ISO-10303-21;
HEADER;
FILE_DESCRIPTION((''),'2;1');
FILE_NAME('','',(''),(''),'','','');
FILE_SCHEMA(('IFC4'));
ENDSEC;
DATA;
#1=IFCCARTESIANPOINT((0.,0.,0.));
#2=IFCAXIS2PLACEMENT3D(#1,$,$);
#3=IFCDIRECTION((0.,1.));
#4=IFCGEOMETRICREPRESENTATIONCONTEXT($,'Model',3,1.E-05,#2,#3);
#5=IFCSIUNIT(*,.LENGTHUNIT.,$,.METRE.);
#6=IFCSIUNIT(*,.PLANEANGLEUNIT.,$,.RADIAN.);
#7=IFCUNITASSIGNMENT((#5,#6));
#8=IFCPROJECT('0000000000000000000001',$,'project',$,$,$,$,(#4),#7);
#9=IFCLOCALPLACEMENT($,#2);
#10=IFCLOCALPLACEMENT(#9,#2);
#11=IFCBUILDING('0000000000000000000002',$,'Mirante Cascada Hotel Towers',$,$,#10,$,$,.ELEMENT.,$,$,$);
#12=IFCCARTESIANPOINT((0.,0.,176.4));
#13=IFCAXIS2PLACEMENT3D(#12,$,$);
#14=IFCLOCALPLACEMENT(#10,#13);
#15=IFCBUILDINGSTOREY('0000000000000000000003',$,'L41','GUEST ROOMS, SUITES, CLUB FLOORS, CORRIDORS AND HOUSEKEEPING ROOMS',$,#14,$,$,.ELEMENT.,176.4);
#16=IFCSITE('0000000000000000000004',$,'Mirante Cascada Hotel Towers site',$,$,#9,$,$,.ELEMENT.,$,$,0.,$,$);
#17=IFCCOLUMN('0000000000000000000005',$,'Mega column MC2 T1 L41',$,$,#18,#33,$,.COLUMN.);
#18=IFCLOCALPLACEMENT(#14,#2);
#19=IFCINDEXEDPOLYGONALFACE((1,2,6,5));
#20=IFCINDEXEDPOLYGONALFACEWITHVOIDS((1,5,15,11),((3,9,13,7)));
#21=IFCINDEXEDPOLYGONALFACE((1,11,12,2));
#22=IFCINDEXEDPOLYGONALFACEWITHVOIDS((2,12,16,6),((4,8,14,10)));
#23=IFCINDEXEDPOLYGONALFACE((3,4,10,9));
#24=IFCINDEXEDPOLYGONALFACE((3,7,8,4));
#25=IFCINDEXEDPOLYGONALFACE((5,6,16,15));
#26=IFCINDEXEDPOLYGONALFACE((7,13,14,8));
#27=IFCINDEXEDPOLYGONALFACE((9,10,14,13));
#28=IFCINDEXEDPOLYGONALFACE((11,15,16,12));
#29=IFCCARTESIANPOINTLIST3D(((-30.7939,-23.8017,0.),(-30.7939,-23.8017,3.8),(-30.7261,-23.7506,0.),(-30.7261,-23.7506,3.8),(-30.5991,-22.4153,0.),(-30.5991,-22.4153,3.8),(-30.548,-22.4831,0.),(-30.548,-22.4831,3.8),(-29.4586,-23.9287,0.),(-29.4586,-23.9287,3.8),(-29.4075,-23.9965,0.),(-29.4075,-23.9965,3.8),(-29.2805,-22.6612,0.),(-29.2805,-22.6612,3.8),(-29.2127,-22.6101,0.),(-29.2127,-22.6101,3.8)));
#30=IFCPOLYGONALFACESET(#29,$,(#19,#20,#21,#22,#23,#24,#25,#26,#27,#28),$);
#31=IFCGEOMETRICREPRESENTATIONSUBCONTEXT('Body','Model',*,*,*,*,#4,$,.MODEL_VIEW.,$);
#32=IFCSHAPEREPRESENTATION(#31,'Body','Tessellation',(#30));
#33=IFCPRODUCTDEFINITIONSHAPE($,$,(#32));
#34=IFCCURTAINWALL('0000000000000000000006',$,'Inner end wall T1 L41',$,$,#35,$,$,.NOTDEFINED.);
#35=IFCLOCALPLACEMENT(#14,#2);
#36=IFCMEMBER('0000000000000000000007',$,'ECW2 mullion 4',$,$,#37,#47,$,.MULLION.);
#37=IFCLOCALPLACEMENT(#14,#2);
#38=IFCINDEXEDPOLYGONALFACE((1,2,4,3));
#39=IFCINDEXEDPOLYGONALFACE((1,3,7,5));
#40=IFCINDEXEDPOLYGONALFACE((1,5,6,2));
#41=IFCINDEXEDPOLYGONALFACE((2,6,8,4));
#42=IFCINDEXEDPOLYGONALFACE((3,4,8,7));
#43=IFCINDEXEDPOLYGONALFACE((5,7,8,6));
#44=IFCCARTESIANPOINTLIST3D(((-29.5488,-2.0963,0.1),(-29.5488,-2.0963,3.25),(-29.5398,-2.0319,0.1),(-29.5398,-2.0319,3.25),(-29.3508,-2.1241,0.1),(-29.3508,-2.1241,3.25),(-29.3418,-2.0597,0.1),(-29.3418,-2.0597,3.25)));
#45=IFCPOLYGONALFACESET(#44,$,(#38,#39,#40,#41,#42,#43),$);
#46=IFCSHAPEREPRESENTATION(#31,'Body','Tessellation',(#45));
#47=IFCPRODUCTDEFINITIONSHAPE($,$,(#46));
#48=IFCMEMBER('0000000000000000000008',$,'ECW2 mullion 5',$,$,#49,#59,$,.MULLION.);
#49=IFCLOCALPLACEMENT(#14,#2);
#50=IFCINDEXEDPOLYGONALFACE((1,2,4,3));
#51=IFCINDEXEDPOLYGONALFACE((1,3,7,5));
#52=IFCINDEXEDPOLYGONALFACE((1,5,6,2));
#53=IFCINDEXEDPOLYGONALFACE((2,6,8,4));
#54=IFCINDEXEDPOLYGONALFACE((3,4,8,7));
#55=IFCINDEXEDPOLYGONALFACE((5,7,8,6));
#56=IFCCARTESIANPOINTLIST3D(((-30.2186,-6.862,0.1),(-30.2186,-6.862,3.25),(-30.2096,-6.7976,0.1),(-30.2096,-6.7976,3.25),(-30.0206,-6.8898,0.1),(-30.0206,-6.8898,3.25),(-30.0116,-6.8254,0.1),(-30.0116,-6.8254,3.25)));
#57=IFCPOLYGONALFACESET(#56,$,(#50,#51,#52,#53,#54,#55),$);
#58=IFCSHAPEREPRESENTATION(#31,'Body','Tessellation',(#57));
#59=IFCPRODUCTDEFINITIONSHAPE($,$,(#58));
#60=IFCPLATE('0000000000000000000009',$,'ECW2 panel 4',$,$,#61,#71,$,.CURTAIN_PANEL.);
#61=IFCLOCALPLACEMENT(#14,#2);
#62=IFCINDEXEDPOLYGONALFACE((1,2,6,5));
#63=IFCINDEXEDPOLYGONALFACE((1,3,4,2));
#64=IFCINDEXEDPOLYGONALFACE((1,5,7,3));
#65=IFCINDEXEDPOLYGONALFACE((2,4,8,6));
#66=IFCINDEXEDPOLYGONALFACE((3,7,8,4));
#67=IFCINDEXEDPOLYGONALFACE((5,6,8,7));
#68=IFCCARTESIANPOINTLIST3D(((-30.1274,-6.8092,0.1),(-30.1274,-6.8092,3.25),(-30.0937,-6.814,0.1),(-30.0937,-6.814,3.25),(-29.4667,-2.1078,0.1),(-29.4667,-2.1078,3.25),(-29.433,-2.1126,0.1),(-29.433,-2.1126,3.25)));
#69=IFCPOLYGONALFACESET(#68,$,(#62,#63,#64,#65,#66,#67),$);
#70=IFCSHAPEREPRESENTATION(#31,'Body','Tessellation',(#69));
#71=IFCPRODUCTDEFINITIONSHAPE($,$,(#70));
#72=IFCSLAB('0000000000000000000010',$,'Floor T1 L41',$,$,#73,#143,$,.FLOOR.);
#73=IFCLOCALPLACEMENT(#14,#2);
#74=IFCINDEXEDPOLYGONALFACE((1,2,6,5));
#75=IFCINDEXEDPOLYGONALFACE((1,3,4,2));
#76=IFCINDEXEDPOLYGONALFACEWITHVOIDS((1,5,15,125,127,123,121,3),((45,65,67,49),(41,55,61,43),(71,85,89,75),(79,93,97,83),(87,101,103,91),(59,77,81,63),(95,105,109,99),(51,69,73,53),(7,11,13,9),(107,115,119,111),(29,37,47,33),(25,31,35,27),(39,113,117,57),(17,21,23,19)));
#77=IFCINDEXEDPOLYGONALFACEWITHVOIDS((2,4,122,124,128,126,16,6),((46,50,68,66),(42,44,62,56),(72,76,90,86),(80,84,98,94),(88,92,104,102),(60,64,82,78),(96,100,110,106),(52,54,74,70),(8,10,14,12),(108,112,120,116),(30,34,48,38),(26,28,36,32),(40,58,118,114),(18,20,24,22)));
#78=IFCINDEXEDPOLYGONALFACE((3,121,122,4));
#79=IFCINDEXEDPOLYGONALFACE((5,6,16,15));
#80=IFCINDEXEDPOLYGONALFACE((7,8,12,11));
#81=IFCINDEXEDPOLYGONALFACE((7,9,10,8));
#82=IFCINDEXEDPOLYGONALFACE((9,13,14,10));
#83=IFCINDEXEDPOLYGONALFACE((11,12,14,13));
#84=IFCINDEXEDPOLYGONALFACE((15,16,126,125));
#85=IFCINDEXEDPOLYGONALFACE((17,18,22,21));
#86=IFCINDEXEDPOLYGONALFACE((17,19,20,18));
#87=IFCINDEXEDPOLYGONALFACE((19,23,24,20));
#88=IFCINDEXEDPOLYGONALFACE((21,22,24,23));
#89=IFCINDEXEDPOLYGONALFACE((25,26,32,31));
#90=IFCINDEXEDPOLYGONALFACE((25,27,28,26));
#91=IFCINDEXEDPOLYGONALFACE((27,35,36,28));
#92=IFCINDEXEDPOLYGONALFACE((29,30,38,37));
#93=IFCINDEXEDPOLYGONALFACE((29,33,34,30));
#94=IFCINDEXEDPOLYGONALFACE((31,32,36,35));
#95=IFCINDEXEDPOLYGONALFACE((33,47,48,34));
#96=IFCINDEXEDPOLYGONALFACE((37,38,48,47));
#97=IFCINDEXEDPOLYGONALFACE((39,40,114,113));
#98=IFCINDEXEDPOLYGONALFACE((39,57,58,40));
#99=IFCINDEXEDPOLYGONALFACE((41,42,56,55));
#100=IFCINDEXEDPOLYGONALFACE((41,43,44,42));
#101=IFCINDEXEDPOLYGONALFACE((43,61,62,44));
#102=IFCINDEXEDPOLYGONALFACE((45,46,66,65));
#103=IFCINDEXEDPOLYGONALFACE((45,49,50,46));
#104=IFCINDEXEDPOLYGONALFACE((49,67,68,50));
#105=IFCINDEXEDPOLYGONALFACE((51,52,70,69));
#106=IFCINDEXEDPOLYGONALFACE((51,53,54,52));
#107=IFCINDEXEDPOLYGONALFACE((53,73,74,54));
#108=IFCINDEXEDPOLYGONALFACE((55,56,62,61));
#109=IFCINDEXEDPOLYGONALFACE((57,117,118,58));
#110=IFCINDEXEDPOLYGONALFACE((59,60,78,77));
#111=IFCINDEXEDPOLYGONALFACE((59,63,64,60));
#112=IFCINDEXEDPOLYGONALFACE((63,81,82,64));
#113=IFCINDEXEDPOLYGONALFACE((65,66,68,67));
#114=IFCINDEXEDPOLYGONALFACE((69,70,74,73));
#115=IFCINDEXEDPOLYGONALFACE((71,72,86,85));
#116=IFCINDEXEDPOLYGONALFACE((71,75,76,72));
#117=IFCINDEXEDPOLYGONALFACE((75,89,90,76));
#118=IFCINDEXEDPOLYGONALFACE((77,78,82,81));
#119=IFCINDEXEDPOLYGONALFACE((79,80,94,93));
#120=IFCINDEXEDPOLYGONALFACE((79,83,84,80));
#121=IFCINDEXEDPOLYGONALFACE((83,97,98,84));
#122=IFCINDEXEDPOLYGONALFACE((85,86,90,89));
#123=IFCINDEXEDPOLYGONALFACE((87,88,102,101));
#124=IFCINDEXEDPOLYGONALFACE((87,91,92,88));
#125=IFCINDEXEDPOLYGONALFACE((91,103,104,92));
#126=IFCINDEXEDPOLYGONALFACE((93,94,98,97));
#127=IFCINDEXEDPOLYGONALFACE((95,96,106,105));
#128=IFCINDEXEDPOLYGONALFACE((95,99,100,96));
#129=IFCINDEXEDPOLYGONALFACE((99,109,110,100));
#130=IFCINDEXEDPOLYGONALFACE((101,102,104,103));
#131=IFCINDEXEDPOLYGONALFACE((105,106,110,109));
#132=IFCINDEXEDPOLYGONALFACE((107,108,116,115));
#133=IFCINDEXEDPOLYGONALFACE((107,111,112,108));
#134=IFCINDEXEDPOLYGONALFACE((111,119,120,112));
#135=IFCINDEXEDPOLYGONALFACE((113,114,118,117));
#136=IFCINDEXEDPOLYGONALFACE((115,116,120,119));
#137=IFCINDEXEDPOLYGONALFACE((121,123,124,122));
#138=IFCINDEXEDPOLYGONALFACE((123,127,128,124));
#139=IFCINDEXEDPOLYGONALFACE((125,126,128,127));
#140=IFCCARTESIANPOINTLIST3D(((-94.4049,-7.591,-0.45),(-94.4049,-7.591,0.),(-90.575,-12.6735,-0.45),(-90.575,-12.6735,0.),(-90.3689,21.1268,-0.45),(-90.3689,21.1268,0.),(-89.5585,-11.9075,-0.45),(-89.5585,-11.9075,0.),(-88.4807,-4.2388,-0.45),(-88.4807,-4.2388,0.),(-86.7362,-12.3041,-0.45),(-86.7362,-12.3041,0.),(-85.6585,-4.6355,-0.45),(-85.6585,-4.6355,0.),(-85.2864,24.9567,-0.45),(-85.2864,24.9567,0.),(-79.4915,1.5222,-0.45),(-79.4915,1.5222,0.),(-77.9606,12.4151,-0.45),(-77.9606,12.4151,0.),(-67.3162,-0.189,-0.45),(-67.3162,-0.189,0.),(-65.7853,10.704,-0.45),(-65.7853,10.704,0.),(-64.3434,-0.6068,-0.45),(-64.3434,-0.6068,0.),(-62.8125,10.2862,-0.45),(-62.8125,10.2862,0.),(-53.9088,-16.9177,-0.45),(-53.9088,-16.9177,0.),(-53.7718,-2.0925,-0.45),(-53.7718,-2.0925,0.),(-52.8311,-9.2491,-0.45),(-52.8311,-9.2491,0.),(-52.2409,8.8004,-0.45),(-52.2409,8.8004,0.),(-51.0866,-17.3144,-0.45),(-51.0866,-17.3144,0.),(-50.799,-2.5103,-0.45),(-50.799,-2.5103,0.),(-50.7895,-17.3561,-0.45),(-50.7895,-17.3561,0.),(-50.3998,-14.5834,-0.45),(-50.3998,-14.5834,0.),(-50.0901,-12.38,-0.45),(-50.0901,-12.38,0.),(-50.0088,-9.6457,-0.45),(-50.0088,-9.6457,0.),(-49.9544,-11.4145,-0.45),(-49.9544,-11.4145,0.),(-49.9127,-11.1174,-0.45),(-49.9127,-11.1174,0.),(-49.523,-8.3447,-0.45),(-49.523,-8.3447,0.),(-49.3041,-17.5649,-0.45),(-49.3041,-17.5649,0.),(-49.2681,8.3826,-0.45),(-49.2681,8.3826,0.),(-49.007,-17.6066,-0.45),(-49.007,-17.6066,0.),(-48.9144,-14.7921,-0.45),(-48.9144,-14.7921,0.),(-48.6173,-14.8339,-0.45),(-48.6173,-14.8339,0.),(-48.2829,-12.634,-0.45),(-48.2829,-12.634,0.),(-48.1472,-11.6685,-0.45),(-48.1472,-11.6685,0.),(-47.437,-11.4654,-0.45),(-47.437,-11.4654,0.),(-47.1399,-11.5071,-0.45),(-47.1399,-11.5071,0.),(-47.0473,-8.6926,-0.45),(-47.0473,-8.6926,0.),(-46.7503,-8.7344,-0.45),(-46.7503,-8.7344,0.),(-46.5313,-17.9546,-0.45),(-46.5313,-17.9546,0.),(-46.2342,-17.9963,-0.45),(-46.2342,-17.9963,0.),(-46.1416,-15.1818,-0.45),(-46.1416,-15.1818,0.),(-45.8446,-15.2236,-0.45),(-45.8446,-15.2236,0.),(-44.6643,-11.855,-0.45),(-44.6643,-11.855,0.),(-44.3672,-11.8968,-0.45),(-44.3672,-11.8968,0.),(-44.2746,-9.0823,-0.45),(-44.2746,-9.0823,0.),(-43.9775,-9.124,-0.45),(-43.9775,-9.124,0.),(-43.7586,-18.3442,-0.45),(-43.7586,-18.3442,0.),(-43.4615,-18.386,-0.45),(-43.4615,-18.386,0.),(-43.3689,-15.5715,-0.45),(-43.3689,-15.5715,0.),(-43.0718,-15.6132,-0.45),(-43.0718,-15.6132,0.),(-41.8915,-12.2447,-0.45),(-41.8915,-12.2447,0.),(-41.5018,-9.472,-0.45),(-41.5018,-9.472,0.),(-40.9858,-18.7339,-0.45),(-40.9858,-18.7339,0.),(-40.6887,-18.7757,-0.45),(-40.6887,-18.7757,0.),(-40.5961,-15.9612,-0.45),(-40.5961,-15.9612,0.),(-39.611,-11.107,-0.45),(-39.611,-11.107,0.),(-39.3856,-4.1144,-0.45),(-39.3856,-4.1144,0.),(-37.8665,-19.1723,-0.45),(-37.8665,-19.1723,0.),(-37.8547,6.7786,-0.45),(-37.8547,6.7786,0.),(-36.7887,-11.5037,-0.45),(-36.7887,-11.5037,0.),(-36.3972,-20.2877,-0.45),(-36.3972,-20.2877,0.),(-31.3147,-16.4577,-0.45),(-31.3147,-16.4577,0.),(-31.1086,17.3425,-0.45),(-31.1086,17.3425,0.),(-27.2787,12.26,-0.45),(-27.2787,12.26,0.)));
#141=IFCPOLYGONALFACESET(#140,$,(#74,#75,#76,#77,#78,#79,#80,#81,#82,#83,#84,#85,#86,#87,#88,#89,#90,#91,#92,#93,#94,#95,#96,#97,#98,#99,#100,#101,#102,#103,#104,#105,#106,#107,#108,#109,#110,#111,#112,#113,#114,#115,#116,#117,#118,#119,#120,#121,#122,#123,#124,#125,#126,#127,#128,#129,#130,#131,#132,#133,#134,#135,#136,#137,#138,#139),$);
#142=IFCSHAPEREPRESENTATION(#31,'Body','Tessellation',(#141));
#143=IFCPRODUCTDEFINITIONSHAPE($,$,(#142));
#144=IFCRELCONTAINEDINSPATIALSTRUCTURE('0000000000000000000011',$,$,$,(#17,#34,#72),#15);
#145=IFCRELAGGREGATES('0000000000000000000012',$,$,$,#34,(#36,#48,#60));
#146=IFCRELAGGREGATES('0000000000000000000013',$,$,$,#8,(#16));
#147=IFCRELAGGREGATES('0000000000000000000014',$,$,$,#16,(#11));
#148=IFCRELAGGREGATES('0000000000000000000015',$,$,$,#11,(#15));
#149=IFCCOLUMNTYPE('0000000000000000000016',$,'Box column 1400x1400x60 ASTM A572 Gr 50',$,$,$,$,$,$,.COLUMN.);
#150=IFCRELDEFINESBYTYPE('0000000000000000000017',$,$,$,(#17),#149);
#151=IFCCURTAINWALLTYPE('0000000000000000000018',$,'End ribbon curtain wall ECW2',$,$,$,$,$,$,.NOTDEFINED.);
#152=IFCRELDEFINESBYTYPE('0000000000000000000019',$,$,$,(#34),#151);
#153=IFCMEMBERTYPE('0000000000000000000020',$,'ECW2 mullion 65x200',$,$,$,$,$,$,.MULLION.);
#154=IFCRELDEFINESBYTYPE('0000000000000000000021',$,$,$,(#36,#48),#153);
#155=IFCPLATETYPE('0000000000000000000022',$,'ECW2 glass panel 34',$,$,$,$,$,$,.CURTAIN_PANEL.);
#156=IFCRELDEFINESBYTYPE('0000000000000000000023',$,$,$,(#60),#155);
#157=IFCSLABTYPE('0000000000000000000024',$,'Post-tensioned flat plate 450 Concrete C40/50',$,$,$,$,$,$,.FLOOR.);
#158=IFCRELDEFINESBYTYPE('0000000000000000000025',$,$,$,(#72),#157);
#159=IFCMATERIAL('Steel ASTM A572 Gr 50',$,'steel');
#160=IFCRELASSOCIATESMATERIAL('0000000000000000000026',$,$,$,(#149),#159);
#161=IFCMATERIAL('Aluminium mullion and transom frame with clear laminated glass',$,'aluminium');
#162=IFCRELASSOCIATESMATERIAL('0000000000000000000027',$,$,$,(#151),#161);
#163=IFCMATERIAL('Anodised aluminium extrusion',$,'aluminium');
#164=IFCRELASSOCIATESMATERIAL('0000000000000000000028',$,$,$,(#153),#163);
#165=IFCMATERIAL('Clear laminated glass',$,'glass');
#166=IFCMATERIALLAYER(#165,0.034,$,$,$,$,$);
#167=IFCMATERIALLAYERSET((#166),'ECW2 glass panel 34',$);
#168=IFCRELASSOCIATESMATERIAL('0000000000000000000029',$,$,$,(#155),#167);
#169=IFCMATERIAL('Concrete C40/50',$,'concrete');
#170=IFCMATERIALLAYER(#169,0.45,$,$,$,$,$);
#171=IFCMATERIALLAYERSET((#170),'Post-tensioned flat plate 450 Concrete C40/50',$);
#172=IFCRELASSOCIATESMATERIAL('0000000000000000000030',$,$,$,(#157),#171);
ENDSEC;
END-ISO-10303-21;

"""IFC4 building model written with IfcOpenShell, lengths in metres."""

from ifc_helpers import new_model, si_unit, direction, frame, origin, origin_2d, place, context, subcontext, project, spatial, polyline, rectangle, hollow_rectangle, outline, extrude, material, layer, layer_set, material_profile, profile_set, type_object, element, aggregate, save


model = new_model("IFC4")

# Units and contexts
model_context = context("Model", 3, precision=1e-05, world=origin(), true_north=direction((0.0, 1.0)))
body_context = subcontext(model_context, "Body", "Model", "MODEL_VIEW")
ifc_project = project(units=[si_unit("LENGTHUNIT", "METRE"), si_unit("PLANEANGLEUNIT", "RADIAN")], contexts=[model_context])

# Site, building, storey
site_placement = place(None, origin())
site = spatial("IfcSite", under=ifc_project, at=site_placement, Name="Mirante Cascada Hotel Towers site", CompositionType="ELEMENT", RefElevation=0.0)
building_placement = place(site_placement, origin())
building = spatial("IfcBuilding", under=site, at=building_placement, Name="Mirante Cascada Hotel Towers", CompositionType="ELEMENT")
storey_placement = place(building_placement, frame((0.0, 0.0, 176.4)))
storey = spatial("IfcBuildingStorey", under=building, at=storey_placement, Name="L41", Description="GUEST ROOMS, SUITES, CLUB FLOORS, CORRIDORS AND HOUSEKEEPING ROOMS", CompositionType="ELEMENT", Elevation=176.4)

# Column
ifc_material_1 = material(Name="Steel ASTM A572 Gr 50", Category="steel")
ifc_material_profile_1 = material_profile(ifc_material_1, hollow_rectangle(XDim=1.4, YDim=1.4, WallThickness=0.06, at=origin_2d()), Name="Box column 1400x1400x60 ASTM A572 Gr 50")
ifc_profile_set_1 = profile_set([ifc_material_profile_1], Name="Steel ASTM A572 Gr 50")
column_type = type_object("IfcColumnType", Name="Box column 1400x1400x60 ASTM A572 Gr 50", PredefinedType="COLUMN", material=ifc_profile_set_1)
column_placement = place(storey_placement, frame((-30.0033, -23.2059, 0.0), z_axis=(0.0, 0.0, 1.0), x_axis=(-0.990268, 0.139173, 0.0)))
element("IfcColumn", 1, at=column_placement, inside=storey, type_object=column_type, Name="Mega column MC2 T1 L41", PredefinedType="COLUMN", context=body_context, shape_type="SweptSolid", body=[
    extrude(hollow_rectangle(XDim=1.4, YDim=1.4, WallThickness=0.06, at=origin_2d()), origin(), (0.0, 0.0, 1.0), 3.8),
])

# Curtain wall, members, plate
ifc_material_2 = material(Name="Aluminium mullion and transom frame with clear laminated glass", Category="aluminium")
curtain_wall_type = type_object("IfcCurtainWallType", Name="End ribbon curtain wall ECW2", PredefinedType="NOTDEFINED", material=ifc_material_2)
curtain_wall_placement = place(storey_placement, origin())
curtain_wall = element("IfcCurtainWall", 2, at=curtain_wall_placement, inside=storey, type_object=curtain_wall_type, Name="Inner end wall T1 L41", PredefinedType="NOTDEFINED")
ifc_material_3 = material(Name="Anodised aluminium extrusion", Category="aluminium")
ifc_material_profile_2 = material_profile(ifc_material_3, rectangle(XDim=0.2, YDim=0.065, at=origin_2d()), Name="ECW2 MULLION 65x200")
ifc_profile_set_2 = profile_set([ifc_material_profile_2], Name="Anodised aluminium extrusion")
member_type = type_object("IfcMemberType", Name="ECW2 mullion 65x200", PredefinedType="MULLION", material=ifc_profile_set_2)
member_1_placement = place(storey_placement, frame((-29.4453, -2.078, 0.1), z_axis=(0.0, 0.0, 1.0), x_axis=(0.990268, -0.139173, 0.0)))
member_1 = element("IfcMember", 3, at=member_1_placement, type_object=member_type, Name="ECW2 mullion 4", PredefinedType="MULLION", context=body_context, shape_type="SweptSolid", body=[
    extrude(rectangle(XDim=0.2, YDim=0.065, at=origin_2d()), origin(), (0.0, 0.0, 1.0), 3.15),
])
member_2_placement = place(storey_placement, frame((-30.1151, -6.8437, 0.1), z_axis=(0.0, 0.0, 1.0), x_axis=(0.990268, -0.139173, 0.0)))
member_2 = element("IfcMember", 4, at=member_2_placement, type_object=member_type, Name="ECW2 mullion 5", PredefinedType="MULLION", context=body_context, shape_type="SweptSolid", body=[
    extrude(rectangle(XDim=0.2, YDim=0.065, at=origin_2d()), origin(), (0.0, 0.0, 1.0), 3.15),
])
ifc_material_4 = material(Name="Clear laminated glass", Category="glass")
ifc_layer_1 = layer(ifc_material_4, 0.034)
ifc_layer_set_1 = layer_set([ifc_layer_1], Name="ECW2 glass panel 34")
plate_type = type_object("IfcPlateType", Name="ECW2 glass panel 34", PredefinedType="CURTAIN_PANEL", material=ifc_layer_set_1)
plate_placement = place(storey_placement, frame((-29.7802, -4.4609, 0.1), z_axis=(0.0, 0.0, 1.0), x_axis=(-0.139173, -0.990268, 0.0)))
plate = element("IfcPlate", 5, at=plate_placement, type_object=plate_type, Name="ECW2 panel 4", PredefinedType="CURTAIN_PANEL", context=body_context, shape_type="SweptSolid", body=[
    extrude(rectangle(XDim=4.7476, YDim=0.034, at=origin_2d()), origin(), (0.0, 0.0, 1.0), 3.15),
])
aggregate(curtain_wall, [member_1, member_2, plate])

# Slab
ifc_material_5 = material(Name="Concrete C40/50", Category="concrete")
ifc_layer_2 = layer(ifc_material_5, 0.45)
ifc_layer_set_2 = layer_set([ifc_layer_2], Name="Post-tensioned flat plate 450 Concrete C40/50")
slab_type = type_object("IfcSlabType", Name="Post-tensioned flat plate 450 Concrete C40/50", PredefinedType="FLOOR", material=ifc_layer_set_2)
slab_1_placement = place(storey_placement, frame((0.0, 0.0, -0.45)))
element("IfcSlab", 6, at=slab_1_placement, inside=storey, type_object=slab_type, Name="Floor T1 L41", PredefinedType="FLOOR", context=body_context, shape_type="SweptSolid", body=[
    extrude(outline(polyline([(-31.3147, -16.4577), (-27.2787, 12.26), (-31.1086, 17.3425), (-85.2864, 24.9567), (-90.3689, 21.1268), (-94.4049, -7.591), (-90.575, -12.6735), (-36.3972, -20.2877), (-31.3147, -16.4577)]), holes=[polyline([(-40.5961, -15.9612), (-40.9858, -18.7339), (-43.4615, -18.386), (-43.0718, -15.6132), (-40.5961, -15.9612)]), polyline([(-45.8446, -15.2236), (-43.3689, -15.5715), (-43.7586, -18.3442), (-46.2342, -17.9963), (-45.8446, -15.2236)]), polyline([(-48.6173, -14.8339), (-46.1416, -15.1818), (-46.5313, -17.9546), (-49.007, -17.6066), (-48.6173, -14.8339)]), polyline([(-37.8665, -19.1723), (-40.6887, -18.7757), (-39.611, -11.107), (-36.7887, -11.5037), (-37.8665, -19.1723)]), polyline([(-43.9775, -9.124), (-41.5018, -9.472), (-41.8915, -12.2447), (-44.3672, -11.8968), (-43.9775, -9.124)]), polyline([(-46.7503, -8.7344), (-44.2746, -9.0823), (-44.6643, -11.855), (-47.1399, -11.5071), (-46.7503, -8.7344)]), polyline([(-48.9144, -14.7921), (-49.3041, -17.5649), (-50.7895, -17.3561), (-50.3998, -14.5834), (-48.9144, -14.7921)]), polyline([(-50.0088, -9.6457), (-51.0866, -17.3144), (-53.9088, -16.9177), (-52.8311, -9.2491), (-50.0088, -9.6457)]), polyline([(-85.6585, -4.6355), (-86.7362, -12.3041), (-89.5585, -11.9075), (-88.4807, -4.2388), (-85.6585, -4.6355)]), polyline([(-48.1472, -11.6685), (-48.2829, -12.634), (-50.0901, -12.38), (-49.9544, -11.4145), (-48.1472, -11.6685)]), polyline([(-49.523, -8.3447), (-47.0473, -8.6926), (-47.437, -11.4654), (-49.9127, -11.1174), (-49.523, -8.3447)]), polyline([(-65.7853, 10.704), (-65.7853, 10.704), (-67.3162, -0.189), (-67.3162, -0.189), (-79.4915, 1.5222), (-77.9606, 12.4151), (-65.7853, 10.704)]), polyline([(-52.2409, 8.8004), (-53.7718, -2.0925), (-53.7718, -2.0925), (-64.3434, -0.6068), (-64.3434, -0.6068), (-62.8125, 10.2862), (-62.8125, 10.2862), (-52.2409, 8.8004)]), polyline([(-37.8547, 6.7786), (-39.3856, -4.1144), (-50.799, -2.5103), (-50.799, -2.5103), (-49.2681, 8.3826), (-37.8547, 6.7786)])]), origin(), (0.0, 0.0, 1.0), 0.45),
])

save(model, "model.ifc")
